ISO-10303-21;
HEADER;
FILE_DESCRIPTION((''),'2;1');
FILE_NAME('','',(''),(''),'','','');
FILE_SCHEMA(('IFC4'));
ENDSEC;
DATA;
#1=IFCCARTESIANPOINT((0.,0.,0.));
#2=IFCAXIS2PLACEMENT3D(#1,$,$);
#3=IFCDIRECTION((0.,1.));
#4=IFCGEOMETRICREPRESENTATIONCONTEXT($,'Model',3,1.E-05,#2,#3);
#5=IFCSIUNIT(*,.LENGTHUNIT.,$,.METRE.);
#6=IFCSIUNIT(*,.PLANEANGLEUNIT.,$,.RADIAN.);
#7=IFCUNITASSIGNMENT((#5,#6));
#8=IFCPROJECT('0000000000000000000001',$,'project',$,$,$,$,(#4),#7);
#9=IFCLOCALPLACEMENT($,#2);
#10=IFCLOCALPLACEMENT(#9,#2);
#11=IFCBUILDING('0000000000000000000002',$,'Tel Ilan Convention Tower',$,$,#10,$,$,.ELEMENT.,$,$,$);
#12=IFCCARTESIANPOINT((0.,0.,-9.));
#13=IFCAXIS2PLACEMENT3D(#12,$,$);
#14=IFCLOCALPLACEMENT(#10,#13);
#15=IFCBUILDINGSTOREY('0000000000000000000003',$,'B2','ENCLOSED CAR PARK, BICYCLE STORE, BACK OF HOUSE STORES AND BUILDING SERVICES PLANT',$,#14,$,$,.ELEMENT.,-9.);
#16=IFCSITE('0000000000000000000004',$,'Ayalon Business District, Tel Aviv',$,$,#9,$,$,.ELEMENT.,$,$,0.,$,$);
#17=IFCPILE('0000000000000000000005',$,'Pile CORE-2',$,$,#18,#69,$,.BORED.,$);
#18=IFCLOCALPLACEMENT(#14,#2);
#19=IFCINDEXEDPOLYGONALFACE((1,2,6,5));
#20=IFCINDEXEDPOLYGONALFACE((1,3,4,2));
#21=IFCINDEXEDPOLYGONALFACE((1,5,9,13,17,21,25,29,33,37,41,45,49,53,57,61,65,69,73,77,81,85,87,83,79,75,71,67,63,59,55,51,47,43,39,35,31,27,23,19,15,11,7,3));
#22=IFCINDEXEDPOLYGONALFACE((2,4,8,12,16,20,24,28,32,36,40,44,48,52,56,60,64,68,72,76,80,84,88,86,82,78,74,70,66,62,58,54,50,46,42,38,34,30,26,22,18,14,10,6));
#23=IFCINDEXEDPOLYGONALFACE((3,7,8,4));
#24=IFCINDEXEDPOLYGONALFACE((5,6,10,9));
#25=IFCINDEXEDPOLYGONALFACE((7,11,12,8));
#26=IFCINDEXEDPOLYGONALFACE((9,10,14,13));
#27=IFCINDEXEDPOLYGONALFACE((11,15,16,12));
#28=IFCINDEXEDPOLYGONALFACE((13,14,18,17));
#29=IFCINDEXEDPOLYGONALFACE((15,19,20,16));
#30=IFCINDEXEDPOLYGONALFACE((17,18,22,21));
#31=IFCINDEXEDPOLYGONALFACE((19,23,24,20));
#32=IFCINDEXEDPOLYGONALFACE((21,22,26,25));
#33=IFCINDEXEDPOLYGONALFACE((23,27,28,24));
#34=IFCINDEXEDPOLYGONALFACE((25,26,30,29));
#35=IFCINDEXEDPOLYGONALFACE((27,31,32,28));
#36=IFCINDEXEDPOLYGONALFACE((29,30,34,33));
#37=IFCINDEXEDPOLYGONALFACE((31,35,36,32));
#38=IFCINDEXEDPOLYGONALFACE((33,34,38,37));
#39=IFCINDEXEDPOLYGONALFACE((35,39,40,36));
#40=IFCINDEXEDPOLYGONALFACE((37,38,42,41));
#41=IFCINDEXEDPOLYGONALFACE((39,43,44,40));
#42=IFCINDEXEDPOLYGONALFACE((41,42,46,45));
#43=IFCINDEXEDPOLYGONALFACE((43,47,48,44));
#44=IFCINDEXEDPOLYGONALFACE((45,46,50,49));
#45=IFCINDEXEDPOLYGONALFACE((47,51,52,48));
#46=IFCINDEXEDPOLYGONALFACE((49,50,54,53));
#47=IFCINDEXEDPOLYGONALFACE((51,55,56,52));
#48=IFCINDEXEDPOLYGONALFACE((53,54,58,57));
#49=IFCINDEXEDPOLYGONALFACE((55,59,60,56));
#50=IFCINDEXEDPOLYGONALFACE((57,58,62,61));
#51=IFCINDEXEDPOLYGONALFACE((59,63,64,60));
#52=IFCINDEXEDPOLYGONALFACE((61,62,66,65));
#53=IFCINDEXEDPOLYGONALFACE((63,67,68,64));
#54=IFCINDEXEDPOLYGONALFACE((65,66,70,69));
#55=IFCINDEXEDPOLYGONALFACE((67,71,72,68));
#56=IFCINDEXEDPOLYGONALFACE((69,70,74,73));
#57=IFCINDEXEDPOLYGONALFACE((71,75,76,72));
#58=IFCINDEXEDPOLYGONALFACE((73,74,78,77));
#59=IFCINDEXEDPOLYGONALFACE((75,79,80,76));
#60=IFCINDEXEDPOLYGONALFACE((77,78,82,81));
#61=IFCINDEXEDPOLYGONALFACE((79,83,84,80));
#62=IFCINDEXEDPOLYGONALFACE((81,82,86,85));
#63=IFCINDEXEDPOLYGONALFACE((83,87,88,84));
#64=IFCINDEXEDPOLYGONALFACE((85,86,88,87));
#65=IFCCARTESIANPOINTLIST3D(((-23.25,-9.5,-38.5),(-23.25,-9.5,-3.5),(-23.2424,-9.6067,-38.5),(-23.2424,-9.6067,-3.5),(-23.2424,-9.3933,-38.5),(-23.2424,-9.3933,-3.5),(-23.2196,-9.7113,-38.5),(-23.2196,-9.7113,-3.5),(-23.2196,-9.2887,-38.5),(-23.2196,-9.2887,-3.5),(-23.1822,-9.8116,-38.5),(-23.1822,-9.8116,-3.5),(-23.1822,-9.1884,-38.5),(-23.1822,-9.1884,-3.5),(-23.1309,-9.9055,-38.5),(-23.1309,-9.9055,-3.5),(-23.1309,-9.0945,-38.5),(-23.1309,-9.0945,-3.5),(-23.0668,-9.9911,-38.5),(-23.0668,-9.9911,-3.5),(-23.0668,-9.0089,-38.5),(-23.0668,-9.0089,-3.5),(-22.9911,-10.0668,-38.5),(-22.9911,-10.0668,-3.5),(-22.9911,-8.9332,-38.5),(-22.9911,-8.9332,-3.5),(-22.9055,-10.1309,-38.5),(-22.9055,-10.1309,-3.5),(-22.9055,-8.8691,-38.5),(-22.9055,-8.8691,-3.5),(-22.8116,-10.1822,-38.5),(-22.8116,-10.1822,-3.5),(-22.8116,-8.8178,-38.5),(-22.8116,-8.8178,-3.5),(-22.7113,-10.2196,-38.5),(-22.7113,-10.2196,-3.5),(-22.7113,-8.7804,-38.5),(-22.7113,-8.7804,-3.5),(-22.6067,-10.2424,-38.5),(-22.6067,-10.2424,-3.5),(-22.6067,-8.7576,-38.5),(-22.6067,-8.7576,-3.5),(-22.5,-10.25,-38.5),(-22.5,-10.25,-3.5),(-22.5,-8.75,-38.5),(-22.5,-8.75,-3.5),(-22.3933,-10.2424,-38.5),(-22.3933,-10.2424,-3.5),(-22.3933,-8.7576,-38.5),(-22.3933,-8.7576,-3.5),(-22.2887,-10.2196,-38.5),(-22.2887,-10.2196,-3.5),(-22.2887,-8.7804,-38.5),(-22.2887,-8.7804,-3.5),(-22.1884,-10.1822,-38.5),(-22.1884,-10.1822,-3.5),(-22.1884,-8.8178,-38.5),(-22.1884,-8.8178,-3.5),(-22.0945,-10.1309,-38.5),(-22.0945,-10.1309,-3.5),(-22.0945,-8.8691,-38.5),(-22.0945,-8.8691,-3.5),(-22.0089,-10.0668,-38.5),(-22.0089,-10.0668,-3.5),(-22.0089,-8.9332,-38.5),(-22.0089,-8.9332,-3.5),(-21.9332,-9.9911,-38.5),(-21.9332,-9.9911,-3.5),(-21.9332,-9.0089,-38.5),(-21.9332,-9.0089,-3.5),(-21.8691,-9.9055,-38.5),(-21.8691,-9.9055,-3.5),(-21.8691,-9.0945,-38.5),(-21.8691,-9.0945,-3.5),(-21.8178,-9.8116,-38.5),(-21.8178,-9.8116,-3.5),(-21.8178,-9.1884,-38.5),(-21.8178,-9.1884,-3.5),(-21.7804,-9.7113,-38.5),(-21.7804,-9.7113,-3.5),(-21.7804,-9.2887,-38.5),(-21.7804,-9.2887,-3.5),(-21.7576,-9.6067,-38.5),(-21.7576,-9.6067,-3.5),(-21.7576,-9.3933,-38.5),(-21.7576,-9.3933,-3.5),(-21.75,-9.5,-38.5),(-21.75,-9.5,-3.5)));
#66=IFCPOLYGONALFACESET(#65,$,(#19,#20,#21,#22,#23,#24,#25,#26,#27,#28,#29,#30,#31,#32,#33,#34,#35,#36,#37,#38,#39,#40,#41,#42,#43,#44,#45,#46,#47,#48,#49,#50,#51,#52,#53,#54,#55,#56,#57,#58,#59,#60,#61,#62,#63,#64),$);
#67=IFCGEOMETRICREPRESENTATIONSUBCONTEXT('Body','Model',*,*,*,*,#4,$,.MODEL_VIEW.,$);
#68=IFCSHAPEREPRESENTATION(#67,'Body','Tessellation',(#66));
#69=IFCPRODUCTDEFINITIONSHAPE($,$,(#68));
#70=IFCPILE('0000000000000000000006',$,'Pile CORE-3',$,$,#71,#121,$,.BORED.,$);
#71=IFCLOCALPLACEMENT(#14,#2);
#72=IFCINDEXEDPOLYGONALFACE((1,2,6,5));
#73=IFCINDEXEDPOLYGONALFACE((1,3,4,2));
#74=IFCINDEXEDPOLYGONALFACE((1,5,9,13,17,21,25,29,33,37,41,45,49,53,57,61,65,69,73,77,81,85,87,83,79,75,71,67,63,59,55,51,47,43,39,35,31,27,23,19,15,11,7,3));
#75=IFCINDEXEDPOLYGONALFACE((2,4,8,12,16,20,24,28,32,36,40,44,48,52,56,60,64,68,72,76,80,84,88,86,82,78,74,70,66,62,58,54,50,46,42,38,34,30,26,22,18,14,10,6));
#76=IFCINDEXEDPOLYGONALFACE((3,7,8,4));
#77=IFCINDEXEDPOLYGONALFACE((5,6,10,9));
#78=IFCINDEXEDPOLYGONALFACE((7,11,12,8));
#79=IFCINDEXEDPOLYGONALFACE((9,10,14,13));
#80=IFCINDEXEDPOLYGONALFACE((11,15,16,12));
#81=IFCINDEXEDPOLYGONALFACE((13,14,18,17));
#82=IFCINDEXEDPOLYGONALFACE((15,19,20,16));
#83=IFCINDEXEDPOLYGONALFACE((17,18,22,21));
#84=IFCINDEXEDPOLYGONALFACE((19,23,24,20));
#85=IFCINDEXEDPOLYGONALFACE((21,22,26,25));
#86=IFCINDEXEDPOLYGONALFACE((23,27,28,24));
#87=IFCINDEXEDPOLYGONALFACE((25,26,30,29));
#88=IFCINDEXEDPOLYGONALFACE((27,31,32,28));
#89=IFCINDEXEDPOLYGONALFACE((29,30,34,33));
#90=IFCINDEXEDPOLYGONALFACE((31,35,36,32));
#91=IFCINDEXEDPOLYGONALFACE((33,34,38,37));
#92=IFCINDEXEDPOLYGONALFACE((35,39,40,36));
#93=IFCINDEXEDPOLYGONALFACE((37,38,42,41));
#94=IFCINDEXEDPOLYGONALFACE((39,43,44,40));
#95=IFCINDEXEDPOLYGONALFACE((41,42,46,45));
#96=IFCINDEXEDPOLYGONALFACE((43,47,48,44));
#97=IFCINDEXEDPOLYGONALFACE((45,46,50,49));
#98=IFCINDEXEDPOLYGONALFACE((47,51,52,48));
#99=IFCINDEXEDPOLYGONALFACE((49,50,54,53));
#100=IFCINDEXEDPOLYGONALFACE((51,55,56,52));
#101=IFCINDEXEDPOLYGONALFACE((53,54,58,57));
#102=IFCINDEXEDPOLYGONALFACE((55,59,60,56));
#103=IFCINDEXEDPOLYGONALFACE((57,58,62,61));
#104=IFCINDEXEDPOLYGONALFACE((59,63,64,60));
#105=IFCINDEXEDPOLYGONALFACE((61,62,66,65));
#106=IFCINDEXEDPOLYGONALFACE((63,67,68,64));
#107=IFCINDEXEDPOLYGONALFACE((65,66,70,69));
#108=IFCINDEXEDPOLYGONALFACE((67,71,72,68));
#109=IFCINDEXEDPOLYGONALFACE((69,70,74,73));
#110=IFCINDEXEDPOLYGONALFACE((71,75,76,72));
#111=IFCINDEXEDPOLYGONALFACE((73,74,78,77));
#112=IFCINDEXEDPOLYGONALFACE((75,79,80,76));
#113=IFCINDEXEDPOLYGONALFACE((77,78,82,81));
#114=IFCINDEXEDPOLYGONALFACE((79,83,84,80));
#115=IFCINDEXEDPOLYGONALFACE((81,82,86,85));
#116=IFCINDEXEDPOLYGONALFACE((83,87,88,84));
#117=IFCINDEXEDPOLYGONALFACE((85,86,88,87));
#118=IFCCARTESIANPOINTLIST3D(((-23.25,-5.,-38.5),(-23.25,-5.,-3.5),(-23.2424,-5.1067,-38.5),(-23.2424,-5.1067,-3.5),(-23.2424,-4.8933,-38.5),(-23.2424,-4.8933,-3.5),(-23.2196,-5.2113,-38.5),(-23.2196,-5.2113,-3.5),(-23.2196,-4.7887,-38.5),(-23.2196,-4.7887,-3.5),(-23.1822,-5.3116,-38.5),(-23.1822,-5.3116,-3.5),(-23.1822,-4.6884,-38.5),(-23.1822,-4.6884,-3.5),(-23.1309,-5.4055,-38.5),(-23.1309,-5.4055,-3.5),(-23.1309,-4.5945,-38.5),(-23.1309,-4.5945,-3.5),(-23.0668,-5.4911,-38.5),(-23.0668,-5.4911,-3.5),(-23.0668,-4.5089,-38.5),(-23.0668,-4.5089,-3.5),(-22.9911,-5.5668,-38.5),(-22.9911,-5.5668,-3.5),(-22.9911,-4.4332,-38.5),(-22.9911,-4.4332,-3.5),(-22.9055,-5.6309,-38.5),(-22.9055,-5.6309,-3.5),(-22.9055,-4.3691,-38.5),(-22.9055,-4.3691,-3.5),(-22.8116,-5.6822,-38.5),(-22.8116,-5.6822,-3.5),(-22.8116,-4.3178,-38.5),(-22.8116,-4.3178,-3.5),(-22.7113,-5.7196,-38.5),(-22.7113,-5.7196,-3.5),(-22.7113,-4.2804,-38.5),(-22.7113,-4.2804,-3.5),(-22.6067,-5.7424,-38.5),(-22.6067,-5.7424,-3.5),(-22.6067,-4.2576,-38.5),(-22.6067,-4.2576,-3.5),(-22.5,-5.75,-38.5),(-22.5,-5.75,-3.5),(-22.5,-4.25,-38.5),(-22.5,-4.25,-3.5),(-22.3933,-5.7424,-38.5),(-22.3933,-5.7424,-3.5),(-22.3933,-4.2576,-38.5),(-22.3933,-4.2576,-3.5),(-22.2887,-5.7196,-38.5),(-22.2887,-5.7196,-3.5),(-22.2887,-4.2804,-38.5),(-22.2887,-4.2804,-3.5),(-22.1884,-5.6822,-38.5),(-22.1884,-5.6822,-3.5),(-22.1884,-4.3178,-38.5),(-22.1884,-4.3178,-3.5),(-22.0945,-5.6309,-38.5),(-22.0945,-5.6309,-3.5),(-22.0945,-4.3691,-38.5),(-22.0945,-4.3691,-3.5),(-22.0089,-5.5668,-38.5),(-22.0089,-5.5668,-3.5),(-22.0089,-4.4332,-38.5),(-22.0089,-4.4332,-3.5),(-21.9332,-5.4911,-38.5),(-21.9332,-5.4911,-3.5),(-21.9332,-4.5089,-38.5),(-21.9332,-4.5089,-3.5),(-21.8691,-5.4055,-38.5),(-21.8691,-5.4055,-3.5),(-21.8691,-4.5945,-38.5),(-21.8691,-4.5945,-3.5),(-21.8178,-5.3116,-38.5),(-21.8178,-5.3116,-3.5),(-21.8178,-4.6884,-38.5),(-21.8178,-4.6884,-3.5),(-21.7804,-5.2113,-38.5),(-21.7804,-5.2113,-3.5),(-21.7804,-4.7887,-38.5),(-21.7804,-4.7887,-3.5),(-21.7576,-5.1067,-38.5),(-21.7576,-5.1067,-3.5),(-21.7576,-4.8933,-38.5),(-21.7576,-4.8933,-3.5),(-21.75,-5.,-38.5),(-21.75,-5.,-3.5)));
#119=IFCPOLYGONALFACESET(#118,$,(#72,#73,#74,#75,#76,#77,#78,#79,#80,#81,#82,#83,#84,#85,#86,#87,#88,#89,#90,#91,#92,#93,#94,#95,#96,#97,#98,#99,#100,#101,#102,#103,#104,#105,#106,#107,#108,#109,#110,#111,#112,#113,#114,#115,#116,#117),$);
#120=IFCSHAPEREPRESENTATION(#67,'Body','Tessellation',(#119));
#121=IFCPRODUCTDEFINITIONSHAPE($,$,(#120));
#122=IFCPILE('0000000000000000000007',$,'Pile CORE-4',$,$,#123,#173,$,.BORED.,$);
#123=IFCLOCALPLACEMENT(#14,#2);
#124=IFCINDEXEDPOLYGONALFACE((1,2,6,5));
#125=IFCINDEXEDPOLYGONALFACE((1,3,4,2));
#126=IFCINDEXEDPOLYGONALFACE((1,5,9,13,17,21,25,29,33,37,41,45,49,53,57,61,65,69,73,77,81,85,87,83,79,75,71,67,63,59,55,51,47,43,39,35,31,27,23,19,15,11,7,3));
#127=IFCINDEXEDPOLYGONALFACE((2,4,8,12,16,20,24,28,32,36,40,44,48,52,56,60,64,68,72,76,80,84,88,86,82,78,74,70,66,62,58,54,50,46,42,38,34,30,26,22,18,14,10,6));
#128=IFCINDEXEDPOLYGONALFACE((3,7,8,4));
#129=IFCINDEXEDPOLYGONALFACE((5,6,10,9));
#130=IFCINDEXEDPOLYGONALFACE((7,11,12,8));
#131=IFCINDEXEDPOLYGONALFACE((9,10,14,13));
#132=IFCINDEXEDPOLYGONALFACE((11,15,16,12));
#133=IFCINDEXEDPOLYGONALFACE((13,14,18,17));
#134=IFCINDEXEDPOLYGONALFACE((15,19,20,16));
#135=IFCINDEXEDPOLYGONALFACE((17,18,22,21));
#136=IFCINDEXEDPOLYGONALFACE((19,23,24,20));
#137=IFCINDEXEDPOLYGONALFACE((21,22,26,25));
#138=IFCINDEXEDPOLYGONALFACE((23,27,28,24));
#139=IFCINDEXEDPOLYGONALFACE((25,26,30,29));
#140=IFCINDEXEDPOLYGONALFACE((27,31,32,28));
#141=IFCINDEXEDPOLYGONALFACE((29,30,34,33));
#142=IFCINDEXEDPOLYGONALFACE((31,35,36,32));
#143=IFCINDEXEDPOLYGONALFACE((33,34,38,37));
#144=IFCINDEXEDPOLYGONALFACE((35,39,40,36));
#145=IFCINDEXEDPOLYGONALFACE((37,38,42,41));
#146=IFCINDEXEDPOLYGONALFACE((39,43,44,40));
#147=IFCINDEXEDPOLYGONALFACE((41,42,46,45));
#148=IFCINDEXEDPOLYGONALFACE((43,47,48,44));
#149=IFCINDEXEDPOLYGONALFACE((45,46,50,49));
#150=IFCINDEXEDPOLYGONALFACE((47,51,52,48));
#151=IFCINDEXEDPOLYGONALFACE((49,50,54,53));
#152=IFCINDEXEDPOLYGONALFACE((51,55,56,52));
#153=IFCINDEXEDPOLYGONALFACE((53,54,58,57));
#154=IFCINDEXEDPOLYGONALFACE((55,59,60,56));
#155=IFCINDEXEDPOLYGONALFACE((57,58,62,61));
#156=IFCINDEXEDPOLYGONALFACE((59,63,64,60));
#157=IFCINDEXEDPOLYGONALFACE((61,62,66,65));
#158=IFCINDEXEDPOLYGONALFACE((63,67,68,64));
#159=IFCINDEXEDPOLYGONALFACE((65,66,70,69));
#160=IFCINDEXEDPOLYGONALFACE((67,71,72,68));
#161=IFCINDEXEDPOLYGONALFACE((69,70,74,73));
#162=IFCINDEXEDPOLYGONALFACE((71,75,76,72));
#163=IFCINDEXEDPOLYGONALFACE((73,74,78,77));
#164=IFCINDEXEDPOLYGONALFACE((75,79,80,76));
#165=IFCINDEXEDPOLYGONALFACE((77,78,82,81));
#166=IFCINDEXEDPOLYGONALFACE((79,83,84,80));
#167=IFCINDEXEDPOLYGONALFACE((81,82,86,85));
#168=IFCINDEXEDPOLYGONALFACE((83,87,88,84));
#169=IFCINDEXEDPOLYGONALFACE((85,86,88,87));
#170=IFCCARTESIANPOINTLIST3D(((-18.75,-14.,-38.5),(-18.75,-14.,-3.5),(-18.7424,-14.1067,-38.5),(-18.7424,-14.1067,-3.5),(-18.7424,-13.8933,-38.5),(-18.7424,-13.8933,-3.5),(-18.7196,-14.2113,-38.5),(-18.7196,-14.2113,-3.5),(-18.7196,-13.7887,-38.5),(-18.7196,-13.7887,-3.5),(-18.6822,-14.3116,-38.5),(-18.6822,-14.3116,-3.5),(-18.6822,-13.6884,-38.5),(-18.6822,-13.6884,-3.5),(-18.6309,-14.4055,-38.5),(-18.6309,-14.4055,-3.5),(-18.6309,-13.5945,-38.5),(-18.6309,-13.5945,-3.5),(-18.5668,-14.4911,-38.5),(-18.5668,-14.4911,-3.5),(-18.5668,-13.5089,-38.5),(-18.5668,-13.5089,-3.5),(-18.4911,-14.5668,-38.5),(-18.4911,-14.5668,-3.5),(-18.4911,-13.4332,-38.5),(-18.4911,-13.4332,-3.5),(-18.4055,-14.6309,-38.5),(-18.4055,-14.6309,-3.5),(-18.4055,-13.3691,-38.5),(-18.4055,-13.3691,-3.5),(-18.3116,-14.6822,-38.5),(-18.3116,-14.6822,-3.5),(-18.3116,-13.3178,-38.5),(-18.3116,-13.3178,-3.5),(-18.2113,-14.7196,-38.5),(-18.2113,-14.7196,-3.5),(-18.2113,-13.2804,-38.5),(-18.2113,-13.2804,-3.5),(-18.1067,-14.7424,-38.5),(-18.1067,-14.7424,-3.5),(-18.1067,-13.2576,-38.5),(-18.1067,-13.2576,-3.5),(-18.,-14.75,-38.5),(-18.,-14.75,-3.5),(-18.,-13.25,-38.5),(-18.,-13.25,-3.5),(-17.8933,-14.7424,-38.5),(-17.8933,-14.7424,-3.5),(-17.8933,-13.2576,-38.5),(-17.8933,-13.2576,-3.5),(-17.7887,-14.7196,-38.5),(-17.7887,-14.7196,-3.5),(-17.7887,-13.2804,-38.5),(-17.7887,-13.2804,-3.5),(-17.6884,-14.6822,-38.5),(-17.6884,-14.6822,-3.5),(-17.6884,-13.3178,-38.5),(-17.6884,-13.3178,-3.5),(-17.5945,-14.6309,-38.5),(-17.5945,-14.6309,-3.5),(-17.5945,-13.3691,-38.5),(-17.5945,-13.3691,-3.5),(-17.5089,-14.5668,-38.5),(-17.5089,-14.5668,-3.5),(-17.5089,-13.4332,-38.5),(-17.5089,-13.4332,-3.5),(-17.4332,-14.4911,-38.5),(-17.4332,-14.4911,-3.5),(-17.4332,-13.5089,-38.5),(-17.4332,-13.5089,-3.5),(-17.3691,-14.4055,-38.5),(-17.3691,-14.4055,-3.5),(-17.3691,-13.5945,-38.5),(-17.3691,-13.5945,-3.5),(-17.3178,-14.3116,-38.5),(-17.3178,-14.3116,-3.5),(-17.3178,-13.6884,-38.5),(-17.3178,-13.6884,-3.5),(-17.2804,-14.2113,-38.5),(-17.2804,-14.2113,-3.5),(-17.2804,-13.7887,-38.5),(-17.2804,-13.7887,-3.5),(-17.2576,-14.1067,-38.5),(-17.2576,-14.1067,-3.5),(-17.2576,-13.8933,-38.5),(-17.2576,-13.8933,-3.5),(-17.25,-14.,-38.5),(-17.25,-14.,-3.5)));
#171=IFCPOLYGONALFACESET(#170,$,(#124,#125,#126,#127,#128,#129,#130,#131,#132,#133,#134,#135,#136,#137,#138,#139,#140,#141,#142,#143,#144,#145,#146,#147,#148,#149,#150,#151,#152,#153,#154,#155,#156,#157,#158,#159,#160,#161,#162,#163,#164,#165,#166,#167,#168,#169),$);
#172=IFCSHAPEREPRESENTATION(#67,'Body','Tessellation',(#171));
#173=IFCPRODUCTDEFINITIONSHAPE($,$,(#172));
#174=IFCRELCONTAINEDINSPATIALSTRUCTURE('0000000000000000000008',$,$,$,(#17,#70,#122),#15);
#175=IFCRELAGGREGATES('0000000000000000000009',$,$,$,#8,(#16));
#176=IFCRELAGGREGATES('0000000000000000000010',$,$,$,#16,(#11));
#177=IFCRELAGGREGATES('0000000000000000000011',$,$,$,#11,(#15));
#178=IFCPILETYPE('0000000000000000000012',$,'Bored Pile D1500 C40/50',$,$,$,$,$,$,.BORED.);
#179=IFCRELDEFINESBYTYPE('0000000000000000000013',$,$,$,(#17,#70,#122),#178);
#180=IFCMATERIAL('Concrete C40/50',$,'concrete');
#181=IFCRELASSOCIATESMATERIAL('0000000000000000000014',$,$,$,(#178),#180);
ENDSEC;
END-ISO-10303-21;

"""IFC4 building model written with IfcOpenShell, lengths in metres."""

from ifc_helpers import new_model, si_unit, direction, frame, origin, origin_2d, place, context, subcontext, project, spatial, circle, extrude, material, material_profile, profile_set, type_object, element, save


model = new_model("IFC4")

# Units and contexts
model_context = context("Model", 3, precision=1e-05, world=origin(), true_north=direction((0.0, 1.0)))
body_context = subcontext(model_context, "Body", "Model", "MODEL_VIEW")
ifc_project = project(units=[si_unit("LENGTHUNIT", "METRE"), si_unit("PLANEANGLEUNIT", "RADIAN")], contexts=[model_context])

# Site, building, storey
site_placement = place(None, origin())
site = spatial("IfcSite", under=ifc_project, at=site_placement, Name="Ayalon Business District, Tel Aviv", CompositionType="ELEMENT", RefElevation=0.0)
building_placement = place(site_placement, origin())
building = spatial("IfcBuilding", under=site, at=building_placement, Name="Tel Ilan Convention Tower", CompositionType="ELEMENT")
storey_placement = place(building_placement, frame((0.0, 0.0, -9.0)))
storey = spatial("IfcBuildingStorey", under=building, at=storey_placement, Name="B2", Description="ENCLOSED CAR PARK, BICYCLE STORE, BACK OF HOUSE STORES AND BUILDING SERVICES PLANT", CompositionType="ELEMENT", Elevation=-9.0)

# Piles
ifc_material_1 = material(Name="Concrete C40/50", Category="concrete")
ifc_material_profile_1 = material_profile(ifc_material_1, circle(Radius=0.75, at=origin_2d()), Name="BORED D1500")
ifc_profile_set_1 = profile_set([ifc_material_profile_1], Name="Concrete C40/50")
pile_type = type_object("IfcPileType", Name="Bored Pile D1500 C40/50", PredefinedType="BORED", material=ifc_profile_set_1)
for number, where, z_axis, x_axis, name in (
    (1, (-22.5, -9.5, -3.5), (0.0, 0.0, -1.0), (1.0, 0.0, 0.0), "Pile CORE-2"),
    (2, (-22.5, -5.0, -3.5), (0.0, 0.0, -1.0), (1.0, 0.0, 0.0), "Pile CORE-3"),
    (3, (-18.0, -14.0, -3.5), (0.0, 0.0, -1.0), (1.0, 0.0, 0.0), "Pile CORE-4"),
):
    element("IfcPile", number, at=place(storey_placement, frame(where, z_axis=z_axis, x_axis=x_axis)), inside=storey, type_object=pile_type, Name=name, PredefinedType="BORED", context=body_context, shape_type="SweptSolid", body=[
        extrude(circle(Radius=0.75, at=origin_2d()), origin(), (0.0, 0.0, 1.0), 35.0),
    ])

save(model, "model.ifc")
